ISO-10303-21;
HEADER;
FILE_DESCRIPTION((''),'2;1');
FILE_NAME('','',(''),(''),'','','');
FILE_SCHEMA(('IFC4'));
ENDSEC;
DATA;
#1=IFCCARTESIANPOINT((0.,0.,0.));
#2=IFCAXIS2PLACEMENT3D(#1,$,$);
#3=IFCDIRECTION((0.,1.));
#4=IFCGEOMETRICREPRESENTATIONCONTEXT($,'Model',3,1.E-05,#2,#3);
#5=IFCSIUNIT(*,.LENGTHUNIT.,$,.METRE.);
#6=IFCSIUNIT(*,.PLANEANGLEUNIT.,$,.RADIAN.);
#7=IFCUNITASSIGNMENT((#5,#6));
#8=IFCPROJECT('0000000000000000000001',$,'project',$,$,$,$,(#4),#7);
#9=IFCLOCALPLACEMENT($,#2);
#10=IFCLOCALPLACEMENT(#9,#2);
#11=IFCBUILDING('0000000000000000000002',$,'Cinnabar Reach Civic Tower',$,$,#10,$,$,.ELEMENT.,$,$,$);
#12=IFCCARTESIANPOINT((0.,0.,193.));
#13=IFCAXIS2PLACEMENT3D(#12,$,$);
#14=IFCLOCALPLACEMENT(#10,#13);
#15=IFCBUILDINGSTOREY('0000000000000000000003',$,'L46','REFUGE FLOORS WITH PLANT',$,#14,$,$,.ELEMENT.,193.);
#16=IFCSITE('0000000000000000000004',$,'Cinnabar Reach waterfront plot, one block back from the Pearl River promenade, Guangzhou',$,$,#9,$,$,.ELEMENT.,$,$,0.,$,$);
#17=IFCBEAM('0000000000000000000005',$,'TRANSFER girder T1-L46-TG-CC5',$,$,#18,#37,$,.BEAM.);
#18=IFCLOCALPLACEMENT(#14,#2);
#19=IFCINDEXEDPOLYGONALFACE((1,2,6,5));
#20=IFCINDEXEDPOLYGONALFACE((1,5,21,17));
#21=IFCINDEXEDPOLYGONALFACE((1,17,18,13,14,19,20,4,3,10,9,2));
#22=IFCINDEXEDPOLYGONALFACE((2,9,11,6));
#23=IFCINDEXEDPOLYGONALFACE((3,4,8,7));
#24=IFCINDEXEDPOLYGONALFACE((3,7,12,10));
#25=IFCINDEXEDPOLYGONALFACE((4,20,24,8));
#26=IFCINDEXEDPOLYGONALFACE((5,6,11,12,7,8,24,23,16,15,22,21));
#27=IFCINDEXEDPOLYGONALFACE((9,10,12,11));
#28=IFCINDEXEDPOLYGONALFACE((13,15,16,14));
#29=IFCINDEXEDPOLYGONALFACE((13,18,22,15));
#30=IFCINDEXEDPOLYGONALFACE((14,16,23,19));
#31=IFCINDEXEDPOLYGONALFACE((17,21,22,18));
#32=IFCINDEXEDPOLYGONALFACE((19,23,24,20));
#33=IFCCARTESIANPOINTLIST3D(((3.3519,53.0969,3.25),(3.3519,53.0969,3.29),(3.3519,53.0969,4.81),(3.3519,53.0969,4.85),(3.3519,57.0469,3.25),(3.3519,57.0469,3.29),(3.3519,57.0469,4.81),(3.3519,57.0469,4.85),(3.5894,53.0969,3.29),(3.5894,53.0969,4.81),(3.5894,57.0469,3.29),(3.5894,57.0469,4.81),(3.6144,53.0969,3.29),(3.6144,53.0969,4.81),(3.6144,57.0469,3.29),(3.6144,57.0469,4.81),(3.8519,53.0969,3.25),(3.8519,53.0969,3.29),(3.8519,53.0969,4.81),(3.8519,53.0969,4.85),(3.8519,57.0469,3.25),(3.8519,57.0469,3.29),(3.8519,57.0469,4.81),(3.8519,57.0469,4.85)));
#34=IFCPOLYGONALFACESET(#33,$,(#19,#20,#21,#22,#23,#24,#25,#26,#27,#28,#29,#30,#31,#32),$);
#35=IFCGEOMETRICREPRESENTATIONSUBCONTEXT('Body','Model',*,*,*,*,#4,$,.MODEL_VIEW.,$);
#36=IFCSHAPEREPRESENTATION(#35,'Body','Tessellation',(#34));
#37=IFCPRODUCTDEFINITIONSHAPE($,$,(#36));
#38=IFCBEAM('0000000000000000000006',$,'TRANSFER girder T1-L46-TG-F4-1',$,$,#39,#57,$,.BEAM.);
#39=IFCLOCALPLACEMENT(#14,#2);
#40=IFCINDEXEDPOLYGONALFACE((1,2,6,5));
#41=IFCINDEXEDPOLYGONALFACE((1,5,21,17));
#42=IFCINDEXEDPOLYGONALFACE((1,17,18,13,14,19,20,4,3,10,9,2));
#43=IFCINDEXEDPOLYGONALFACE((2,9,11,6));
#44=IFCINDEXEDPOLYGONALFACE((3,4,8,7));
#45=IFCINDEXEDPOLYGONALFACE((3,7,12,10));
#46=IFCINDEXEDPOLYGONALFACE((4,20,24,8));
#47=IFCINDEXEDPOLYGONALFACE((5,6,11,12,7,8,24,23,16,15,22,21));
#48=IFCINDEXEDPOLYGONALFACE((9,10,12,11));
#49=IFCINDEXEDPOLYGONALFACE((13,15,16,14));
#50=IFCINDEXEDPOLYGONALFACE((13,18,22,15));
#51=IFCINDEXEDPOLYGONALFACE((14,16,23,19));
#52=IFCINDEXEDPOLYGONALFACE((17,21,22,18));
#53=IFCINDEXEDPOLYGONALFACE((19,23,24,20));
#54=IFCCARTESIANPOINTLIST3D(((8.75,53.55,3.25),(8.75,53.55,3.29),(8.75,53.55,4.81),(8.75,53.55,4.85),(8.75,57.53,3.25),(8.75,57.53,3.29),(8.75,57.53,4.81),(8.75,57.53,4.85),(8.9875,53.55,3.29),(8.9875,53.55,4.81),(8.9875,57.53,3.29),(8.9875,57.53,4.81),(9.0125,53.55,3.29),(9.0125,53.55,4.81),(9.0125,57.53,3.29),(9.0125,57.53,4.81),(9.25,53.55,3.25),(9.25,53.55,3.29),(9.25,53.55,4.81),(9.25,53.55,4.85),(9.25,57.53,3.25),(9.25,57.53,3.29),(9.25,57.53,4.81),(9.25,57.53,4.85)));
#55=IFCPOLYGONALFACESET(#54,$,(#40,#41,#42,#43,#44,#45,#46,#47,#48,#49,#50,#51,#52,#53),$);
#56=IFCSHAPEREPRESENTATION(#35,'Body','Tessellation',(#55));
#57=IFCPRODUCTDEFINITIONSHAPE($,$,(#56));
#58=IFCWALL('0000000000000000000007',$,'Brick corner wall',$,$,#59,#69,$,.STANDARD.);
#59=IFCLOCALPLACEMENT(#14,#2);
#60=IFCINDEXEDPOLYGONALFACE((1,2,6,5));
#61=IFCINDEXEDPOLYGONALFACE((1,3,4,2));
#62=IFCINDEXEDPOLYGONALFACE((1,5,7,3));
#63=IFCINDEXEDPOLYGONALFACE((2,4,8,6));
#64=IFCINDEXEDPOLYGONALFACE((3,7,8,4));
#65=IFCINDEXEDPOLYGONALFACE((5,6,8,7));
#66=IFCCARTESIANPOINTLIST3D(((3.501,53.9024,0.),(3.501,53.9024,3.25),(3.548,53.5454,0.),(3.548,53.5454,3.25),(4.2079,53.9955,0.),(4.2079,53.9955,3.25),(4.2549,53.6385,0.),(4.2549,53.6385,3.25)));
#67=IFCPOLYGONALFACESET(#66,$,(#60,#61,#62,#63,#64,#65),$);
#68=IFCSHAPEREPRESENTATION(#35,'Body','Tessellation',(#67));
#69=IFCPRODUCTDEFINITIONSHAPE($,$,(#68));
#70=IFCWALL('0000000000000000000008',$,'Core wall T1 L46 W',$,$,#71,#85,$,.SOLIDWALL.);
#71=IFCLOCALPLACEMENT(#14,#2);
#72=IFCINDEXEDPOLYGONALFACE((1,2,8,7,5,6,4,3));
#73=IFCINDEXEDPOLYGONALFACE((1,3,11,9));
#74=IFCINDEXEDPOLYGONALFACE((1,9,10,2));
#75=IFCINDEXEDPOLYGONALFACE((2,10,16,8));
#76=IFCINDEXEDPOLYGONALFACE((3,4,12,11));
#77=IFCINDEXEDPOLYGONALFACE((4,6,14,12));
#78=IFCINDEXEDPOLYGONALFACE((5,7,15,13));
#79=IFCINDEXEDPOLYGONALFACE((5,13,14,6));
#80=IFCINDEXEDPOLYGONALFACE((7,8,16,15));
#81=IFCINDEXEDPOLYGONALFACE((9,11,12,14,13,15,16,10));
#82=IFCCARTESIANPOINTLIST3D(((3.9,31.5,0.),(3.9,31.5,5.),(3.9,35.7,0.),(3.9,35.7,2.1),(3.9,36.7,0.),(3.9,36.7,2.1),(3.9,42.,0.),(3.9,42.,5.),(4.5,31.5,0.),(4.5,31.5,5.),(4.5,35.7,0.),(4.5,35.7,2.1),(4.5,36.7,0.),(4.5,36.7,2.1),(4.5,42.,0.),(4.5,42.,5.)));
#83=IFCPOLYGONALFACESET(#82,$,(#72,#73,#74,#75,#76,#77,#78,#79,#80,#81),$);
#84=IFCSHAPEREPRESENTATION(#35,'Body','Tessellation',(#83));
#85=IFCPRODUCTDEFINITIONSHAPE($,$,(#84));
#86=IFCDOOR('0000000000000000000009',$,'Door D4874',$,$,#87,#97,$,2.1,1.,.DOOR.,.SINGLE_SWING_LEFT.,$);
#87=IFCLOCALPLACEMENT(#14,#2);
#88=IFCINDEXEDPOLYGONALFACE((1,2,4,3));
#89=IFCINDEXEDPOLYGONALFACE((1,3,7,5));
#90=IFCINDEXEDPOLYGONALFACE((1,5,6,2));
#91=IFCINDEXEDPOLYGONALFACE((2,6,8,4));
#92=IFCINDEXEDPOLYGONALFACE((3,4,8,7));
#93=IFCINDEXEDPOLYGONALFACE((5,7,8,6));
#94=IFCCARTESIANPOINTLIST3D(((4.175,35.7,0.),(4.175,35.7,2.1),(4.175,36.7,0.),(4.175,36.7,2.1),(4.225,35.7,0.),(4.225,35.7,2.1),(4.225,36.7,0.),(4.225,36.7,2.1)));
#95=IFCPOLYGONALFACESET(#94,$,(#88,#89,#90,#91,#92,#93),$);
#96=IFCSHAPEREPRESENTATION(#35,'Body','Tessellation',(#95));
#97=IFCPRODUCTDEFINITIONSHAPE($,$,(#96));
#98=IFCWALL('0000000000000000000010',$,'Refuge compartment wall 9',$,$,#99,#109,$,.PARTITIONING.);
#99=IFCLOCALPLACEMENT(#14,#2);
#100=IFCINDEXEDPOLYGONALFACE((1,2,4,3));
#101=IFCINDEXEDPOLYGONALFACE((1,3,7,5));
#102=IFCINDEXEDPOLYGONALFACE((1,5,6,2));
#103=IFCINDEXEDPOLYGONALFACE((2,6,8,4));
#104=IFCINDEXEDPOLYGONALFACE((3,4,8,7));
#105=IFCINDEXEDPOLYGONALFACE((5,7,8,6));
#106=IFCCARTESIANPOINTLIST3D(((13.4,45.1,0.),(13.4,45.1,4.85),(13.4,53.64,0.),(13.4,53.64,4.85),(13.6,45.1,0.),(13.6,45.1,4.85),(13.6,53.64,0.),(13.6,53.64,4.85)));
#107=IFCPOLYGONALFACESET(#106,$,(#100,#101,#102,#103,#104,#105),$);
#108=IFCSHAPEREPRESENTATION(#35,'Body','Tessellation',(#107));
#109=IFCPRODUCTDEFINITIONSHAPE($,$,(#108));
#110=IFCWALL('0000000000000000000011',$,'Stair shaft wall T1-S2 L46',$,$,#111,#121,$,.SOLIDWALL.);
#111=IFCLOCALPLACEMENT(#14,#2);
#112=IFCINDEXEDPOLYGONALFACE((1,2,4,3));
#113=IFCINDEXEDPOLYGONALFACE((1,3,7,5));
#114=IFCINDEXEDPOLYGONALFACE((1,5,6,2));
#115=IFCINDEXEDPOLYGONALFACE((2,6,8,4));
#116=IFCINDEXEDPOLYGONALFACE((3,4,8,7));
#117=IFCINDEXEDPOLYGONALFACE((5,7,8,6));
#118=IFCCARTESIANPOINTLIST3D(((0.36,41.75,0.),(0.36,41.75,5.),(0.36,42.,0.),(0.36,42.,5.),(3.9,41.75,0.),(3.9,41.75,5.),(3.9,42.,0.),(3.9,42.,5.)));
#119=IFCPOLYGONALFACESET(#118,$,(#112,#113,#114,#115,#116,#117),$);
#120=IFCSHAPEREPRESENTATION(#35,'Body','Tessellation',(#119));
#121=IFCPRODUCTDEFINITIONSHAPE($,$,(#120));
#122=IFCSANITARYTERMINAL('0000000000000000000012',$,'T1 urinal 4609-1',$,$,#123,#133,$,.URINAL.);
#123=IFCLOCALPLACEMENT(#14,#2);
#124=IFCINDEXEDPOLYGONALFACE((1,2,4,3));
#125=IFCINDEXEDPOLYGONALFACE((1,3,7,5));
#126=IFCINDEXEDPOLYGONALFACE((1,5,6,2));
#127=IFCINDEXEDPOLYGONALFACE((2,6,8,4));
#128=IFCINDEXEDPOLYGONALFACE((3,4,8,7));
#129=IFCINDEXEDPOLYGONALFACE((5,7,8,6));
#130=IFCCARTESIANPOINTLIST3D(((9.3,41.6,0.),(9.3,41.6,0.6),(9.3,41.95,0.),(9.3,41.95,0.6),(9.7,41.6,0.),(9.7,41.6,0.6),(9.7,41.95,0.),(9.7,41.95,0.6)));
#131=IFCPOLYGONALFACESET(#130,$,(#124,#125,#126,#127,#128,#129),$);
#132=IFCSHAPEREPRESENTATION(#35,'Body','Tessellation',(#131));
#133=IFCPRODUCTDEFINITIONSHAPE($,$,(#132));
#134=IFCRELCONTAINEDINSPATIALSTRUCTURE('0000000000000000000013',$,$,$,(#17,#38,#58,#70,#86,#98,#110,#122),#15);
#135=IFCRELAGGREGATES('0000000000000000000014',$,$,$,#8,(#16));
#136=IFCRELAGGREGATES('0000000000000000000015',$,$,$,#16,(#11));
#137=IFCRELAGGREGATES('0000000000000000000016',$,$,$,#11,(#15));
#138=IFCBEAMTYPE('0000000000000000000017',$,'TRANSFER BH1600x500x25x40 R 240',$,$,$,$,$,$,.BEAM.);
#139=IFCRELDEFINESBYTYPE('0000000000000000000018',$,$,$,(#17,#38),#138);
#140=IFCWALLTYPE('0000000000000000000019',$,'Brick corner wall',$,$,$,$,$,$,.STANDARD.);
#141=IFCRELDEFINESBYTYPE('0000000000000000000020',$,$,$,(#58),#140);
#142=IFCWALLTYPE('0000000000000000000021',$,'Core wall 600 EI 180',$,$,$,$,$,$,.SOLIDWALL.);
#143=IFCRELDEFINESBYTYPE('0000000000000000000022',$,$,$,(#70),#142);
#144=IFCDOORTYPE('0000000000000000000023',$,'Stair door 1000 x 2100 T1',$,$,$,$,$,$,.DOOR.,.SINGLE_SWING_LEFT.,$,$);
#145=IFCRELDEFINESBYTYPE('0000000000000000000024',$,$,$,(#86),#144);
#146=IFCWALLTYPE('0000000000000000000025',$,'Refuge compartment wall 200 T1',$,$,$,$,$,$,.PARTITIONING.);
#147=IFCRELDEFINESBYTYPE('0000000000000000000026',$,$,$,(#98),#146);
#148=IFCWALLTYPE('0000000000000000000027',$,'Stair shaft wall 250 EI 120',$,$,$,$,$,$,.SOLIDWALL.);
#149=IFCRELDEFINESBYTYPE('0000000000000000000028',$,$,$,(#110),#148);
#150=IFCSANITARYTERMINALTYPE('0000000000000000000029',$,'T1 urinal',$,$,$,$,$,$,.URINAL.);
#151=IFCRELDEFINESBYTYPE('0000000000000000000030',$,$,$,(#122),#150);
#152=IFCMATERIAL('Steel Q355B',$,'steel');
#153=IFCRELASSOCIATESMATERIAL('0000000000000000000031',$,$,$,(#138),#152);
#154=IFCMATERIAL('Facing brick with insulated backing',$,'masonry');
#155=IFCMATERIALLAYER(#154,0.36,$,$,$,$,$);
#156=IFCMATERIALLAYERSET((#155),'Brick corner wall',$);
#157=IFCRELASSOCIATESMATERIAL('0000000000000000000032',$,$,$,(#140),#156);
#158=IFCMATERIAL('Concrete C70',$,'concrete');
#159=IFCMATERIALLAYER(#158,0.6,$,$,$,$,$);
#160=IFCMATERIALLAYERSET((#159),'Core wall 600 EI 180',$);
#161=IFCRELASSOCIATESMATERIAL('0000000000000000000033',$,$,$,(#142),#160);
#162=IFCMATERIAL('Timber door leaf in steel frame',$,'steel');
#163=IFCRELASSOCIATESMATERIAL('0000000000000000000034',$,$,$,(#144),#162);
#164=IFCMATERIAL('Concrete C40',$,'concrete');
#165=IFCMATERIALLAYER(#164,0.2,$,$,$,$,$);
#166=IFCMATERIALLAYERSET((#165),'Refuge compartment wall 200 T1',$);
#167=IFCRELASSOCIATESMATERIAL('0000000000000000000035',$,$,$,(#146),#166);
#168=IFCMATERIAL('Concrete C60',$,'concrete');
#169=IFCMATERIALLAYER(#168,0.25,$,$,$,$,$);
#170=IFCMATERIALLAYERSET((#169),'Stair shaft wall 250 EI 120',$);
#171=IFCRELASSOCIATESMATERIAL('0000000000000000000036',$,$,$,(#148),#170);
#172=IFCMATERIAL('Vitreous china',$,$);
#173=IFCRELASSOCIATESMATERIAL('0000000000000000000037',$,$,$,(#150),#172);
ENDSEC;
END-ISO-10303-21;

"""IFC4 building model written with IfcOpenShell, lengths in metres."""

from ifc_helpers import new_model, si_unit, direction, frame, frame_2d, origin, origin_2d, place, context, subcontext, project, spatial, rectangle, i_section, extrude, material, layer, layer_set, material_profile, profile_set, type_object, element, fill, save


model = new_model("IFC4")

# Units and contexts
model_context = context("Model", 3, precision=1e-05, world=origin(), true_north=direction((0.0, 1.0)))
body_context = subcontext(model_context, "Body", "Model", "MODEL_VIEW")
ifc_project = project(units=[si_unit("LENGTHUNIT", "METRE"), si_unit("PLANEANGLEUNIT", "RADIAN")], contexts=[model_context])

# Site, building, storey
site_placement = place(None, origin())
site = spatial("IfcSite", under=ifc_project, at=site_placement, Name="Cinnabar Reach waterfront plot, one block back from the Pearl River promenade, Guangzhou", CompositionType="ELEMENT", RefElevation=0.0)
building_placement = place(site_placement, origin())
building = spatial("IfcBuilding", under=site, at=building_placement, Name="Cinnabar Reach Civic Tower", CompositionType="ELEMENT")
storey_placement = place(building_placement, frame((0.0, 0.0, 193.0)))
storey = spatial("IfcBuildingStorey", under=building, at=storey_placement, Name="L46", Description="REFUGE FLOORS WITH PLANT", CompositionType="ELEMENT", Elevation=193.0)

# Shared definitions
ifc_material_1 = material(Name="Concrete C70", Category="concrete")

# Beams
ifc_material_2 = material(Name="Steel Q355B", Category="steel")
ifc_material_profile_1 = material_profile(ifc_material_2, i_section(OverallWidth=0.5, OverallDepth=1.6, WebThickness=0.025, FlangeThickness=0.04, at=origin_2d()), Name="BH1600x500x25x40")
ifc_profile_set_1 = profile_set([ifc_material_profile_1], Name="Steel Q355B")
beam_type_1 = type_object("IfcBeamType", Name="TRANSFER BH1600x500x25x40 R 240", PredefinedType="BEAM", material=ifc_profile_set_1)
beam_1_placement = place(storey_placement, frame((3.6019, 53.0969, 4.05), z_axis=(0.0, 1.0, 0.0), x_axis=(-1.0, 0.0, 0.0)))
element("IfcBeam", 1, at=beam_1_placement, inside=storey, type_object=beam_type_1, Name="TRANSFER girder T1-L46-TG-CC5", PredefinedType="BEAM", context=body_context, shape_type="SweptSolid", body=[
    extrude(i_section(OverallWidth=0.5, OverallDepth=1.6, WebThickness=0.025, FlangeThickness=0.04, at=origin_2d()), origin(), (0.0, 0.0, 1.0), 3.95),
])
beam_2_placement = place(storey_placement, frame((9.0, 53.55, 4.05), z_axis=(0.0, 1.0, 0.0), x_axis=(-1.0, 0.0, 0.0)))
element("IfcBeam", 2, at=beam_2_placement, inside=storey, type_object=beam_type_1, Name="TRANSFER girder T1-L46-TG-F4-1", PredefinedType="BEAM", context=body_context, shape_type="SweptSolid", body=[
    extrude(i_section(OverallWidth=0.5, OverallDepth=1.6, WebThickness=0.025, FlangeThickness=0.04, at=origin_2d()), origin(), (0.0, 0.0, 1.0), 3.98),
])

# Wall
ifc_material_3 = material(Name="Facing brick with insulated backing", Category="masonry")
ifc_layer_1 = layer(ifc_material_3, 0.36)
ifc_layer_set_1 = layer_set([ifc_layer_1], Name="Brick corner wall")
wall_type_1 = type_object("IfcWallType", Name="Brick corner wall", PredefinedType="STANDARD", material=ifc_layer_set_1)
wall_1_placement = place(storey_placement, frame((4.2314, 53.817, 0.0), z_axis=(0.0, 0.0, 1.0), x_axis=(-0.991441, -0.130556, 0.0)))
element("IfcWall", 3, at=wall_1_placement, inside=storey, type_object=wall_type_1, Name="Brick corner wall", PredefinedType="STANDARD", context=body_context, shape_type="SweptSolid", body=[
    extrude(rectangle(XDim=0.7131, YDim=0.36, at=frame_2d((0.3565, 0.0))), origin(), (0.0, 0.0, 1.0), 3.25),
])

# Wall, opening, door
ifc_layer_2 = layer(ifc_material_1, 0.6)
ifc_layer_set_2 = layer_set([ifc_layer_2], Name="Core wall 600 EI 180")
wall_type_2 = type_object("IfcWallType", Name="Core wall 600 EI 180", PredefinedType="SOLIDWALL", material=ifc_layer_set_2)
wall_2_placement = place(storey_placement, frame((4.2, 42.0, 0.0), z_axis=(0.0, 0.0, 1.0), x_axis=(0.0, -1.0, 0.0)))
wall_2 = element("IfcWall", 4, at=wall_2_placement, inside=storey, type_object=wall_type_2, Name="Core wall T1 L46 W", PredefinedType="SOLIDWALL", context=body_context, shape_type="SweptSolid", body=[
    extrude(rectangle(XDim=10.5, YDim=0.6, at=frame_2d((5.25, 0.0))), origin(), (0.0, 0.0, 1.0), 5.0),
])
opening_placement = place(wall_2_placement, frame((5.3, 0.0, 0.0)))
opening = element("IfcOpeningElement", 5, at=opening_placement, cuts=wall_2, PredefinedType="OPENING", context=body_context, shape_type="SweptSolid", body=[
    extrude(rectangle(XDim=1.0, YDim=2.1, at=frame_2d((0.5, 1.05))), frame((0.0, 0.31, 0.0), z_axis=(0.0, -1.0, 0.0), x_axis=(1.0, 0.0, 0.0)), (0.0, 0.0, 1.0), 0.62),
])
ifc_material_4 = material(Name="Timber door leaf in steel frame", Category="steel")
door_type = type_object("IfcDoorType", Name="Stair door 1000 x 2100 T1", OperationType="SINGLE_SWING_LEFT", PredefinedType="DOOR", material=ifc_material_4)
door_placement = place(opening_placement, frame((1.0, 0.0, 0.0), z_axis=(0.0, 0.0, 1.0), x_axis=(-1.0, 0.0, 0.0)))
door = element("IfcDoor", 6, at=door_placement, inside=storey, type_object=door_type, Name="Door D4874", OperationType="SINGLE_SWING_LEFT", OverallHeight=2.1, OverallWidth=1.0, PredefinedType="DOOR", context=body_context, shape_type="SweptSolid", body=[
    extrude(rectangle(XDim=1.0, YDim=2.1, at=frame_2d((0.5, 1.05))), frame((0.0, 0.025, 0.0), z_axis=(0.0, -1.0, 0.0), x_axis=(1.0, 0.0, 0.0)), (0.0, 0.0, 1.0), 0.05),
])
fill(opening, door)

# Walls
ifc_material_5 = material(Name="Concrete C40", Category="concrete")
ifc_layer_3 = layer(ifc_material_5, 0.2)
ifc_layer_set_3 = layer_set([ifc_layer_3], Name="Refuge compartment wall 200 T1")
wall_type_3 = type_object("IfcWallType", Name="Refuge compartment wall 200 T1", PredefinedType="PARTITIONING", material=ifc_layer_set_3)
wall_3_placement = place(storey_placement, frame((13.5, 45.1, 0.0), z_axis=(0.0, 0.0, 1.0), x_axis=(0.0, 1.0, 0.0)))
element("IfcWall", 7, at=wall_3_placement, inside=storey, type_object=wall_type_3, Name="Refuge compartment wall 9", PredefinedType="PARTITIONING", context=body_context, shape_type="SweptSolid", body=[
    extrude(rectangle(XDim=8.54, YDim=0.2, at=frame_2d((4.27, 0.0))), origin(), (0.0, 0.0, 1.0), 4.85),
])
ifc_material_6 = material(Name="Concrete C60", Category="concrete")
ifc_layer_4 = layer(ifc_material_6, 0.25)
ifc_layer_set_4 = layer_set([ifc_layer_4], Name="Stair shaft wall 250 EI 120")
wall_type_4 = type_object("IfcWallType", Name="Stair shaft wall 250 EI 120", PredefinedType="SOLIDWALL", material=ifc_layer_set_4)
wall_4_placement = place(storey_placement, frame((3.9, 41.875, 0.0), z_axis=(0.0, 0.0, 1.0), x_axis=(-1.0, 0.0, 0.0)))
element("IfcWall", 8, at=wall_4_placement, inside=storey, type_object=wall_type_4, Name="Stair shaft wall T1-S2 L46", PredefinedType="SOLIDWALL", context=body_context, shape_type="SweptSolid", body=[
    extrude(rectangle(XDim=3.54, YDim=0.25, at=frame_2d((1.77, 0.0))), origin(), (0.0, 0.0, 1.0), 5.0),
])

# Sanitary terminal
ifc_material_7 = material(Name="Vitreous china")
sanitary_terminal_type = type_object("IfcSanitaryTerminalType", Name="T1 urinal", PredefinedType="URINAL", material=ifc_material_7)
sanitary_terminal_placement = place(storey_placement, frame((9.5, 41.775, 0.0), z_axis=(0.0, 0.0, 1.0), x_axis=(1.0, 0.0, 0.0)))
element("IfcSanitaryTerminal", 9, at=sanitary_terminal_placement, inside=storey, type_object=sanitary_terminal_type, Name="T1 urinal 4609-1", PredefinedType="URINAL", context=body_context, shape_type="SweptSolid", body=[
    extrude(rectangle(XDim=0.4, YDim=0.35, at=origin_2d()), origin(), (0.0, 0.0, 1.0), 0.6),
])

save(model, "model.ifc")
